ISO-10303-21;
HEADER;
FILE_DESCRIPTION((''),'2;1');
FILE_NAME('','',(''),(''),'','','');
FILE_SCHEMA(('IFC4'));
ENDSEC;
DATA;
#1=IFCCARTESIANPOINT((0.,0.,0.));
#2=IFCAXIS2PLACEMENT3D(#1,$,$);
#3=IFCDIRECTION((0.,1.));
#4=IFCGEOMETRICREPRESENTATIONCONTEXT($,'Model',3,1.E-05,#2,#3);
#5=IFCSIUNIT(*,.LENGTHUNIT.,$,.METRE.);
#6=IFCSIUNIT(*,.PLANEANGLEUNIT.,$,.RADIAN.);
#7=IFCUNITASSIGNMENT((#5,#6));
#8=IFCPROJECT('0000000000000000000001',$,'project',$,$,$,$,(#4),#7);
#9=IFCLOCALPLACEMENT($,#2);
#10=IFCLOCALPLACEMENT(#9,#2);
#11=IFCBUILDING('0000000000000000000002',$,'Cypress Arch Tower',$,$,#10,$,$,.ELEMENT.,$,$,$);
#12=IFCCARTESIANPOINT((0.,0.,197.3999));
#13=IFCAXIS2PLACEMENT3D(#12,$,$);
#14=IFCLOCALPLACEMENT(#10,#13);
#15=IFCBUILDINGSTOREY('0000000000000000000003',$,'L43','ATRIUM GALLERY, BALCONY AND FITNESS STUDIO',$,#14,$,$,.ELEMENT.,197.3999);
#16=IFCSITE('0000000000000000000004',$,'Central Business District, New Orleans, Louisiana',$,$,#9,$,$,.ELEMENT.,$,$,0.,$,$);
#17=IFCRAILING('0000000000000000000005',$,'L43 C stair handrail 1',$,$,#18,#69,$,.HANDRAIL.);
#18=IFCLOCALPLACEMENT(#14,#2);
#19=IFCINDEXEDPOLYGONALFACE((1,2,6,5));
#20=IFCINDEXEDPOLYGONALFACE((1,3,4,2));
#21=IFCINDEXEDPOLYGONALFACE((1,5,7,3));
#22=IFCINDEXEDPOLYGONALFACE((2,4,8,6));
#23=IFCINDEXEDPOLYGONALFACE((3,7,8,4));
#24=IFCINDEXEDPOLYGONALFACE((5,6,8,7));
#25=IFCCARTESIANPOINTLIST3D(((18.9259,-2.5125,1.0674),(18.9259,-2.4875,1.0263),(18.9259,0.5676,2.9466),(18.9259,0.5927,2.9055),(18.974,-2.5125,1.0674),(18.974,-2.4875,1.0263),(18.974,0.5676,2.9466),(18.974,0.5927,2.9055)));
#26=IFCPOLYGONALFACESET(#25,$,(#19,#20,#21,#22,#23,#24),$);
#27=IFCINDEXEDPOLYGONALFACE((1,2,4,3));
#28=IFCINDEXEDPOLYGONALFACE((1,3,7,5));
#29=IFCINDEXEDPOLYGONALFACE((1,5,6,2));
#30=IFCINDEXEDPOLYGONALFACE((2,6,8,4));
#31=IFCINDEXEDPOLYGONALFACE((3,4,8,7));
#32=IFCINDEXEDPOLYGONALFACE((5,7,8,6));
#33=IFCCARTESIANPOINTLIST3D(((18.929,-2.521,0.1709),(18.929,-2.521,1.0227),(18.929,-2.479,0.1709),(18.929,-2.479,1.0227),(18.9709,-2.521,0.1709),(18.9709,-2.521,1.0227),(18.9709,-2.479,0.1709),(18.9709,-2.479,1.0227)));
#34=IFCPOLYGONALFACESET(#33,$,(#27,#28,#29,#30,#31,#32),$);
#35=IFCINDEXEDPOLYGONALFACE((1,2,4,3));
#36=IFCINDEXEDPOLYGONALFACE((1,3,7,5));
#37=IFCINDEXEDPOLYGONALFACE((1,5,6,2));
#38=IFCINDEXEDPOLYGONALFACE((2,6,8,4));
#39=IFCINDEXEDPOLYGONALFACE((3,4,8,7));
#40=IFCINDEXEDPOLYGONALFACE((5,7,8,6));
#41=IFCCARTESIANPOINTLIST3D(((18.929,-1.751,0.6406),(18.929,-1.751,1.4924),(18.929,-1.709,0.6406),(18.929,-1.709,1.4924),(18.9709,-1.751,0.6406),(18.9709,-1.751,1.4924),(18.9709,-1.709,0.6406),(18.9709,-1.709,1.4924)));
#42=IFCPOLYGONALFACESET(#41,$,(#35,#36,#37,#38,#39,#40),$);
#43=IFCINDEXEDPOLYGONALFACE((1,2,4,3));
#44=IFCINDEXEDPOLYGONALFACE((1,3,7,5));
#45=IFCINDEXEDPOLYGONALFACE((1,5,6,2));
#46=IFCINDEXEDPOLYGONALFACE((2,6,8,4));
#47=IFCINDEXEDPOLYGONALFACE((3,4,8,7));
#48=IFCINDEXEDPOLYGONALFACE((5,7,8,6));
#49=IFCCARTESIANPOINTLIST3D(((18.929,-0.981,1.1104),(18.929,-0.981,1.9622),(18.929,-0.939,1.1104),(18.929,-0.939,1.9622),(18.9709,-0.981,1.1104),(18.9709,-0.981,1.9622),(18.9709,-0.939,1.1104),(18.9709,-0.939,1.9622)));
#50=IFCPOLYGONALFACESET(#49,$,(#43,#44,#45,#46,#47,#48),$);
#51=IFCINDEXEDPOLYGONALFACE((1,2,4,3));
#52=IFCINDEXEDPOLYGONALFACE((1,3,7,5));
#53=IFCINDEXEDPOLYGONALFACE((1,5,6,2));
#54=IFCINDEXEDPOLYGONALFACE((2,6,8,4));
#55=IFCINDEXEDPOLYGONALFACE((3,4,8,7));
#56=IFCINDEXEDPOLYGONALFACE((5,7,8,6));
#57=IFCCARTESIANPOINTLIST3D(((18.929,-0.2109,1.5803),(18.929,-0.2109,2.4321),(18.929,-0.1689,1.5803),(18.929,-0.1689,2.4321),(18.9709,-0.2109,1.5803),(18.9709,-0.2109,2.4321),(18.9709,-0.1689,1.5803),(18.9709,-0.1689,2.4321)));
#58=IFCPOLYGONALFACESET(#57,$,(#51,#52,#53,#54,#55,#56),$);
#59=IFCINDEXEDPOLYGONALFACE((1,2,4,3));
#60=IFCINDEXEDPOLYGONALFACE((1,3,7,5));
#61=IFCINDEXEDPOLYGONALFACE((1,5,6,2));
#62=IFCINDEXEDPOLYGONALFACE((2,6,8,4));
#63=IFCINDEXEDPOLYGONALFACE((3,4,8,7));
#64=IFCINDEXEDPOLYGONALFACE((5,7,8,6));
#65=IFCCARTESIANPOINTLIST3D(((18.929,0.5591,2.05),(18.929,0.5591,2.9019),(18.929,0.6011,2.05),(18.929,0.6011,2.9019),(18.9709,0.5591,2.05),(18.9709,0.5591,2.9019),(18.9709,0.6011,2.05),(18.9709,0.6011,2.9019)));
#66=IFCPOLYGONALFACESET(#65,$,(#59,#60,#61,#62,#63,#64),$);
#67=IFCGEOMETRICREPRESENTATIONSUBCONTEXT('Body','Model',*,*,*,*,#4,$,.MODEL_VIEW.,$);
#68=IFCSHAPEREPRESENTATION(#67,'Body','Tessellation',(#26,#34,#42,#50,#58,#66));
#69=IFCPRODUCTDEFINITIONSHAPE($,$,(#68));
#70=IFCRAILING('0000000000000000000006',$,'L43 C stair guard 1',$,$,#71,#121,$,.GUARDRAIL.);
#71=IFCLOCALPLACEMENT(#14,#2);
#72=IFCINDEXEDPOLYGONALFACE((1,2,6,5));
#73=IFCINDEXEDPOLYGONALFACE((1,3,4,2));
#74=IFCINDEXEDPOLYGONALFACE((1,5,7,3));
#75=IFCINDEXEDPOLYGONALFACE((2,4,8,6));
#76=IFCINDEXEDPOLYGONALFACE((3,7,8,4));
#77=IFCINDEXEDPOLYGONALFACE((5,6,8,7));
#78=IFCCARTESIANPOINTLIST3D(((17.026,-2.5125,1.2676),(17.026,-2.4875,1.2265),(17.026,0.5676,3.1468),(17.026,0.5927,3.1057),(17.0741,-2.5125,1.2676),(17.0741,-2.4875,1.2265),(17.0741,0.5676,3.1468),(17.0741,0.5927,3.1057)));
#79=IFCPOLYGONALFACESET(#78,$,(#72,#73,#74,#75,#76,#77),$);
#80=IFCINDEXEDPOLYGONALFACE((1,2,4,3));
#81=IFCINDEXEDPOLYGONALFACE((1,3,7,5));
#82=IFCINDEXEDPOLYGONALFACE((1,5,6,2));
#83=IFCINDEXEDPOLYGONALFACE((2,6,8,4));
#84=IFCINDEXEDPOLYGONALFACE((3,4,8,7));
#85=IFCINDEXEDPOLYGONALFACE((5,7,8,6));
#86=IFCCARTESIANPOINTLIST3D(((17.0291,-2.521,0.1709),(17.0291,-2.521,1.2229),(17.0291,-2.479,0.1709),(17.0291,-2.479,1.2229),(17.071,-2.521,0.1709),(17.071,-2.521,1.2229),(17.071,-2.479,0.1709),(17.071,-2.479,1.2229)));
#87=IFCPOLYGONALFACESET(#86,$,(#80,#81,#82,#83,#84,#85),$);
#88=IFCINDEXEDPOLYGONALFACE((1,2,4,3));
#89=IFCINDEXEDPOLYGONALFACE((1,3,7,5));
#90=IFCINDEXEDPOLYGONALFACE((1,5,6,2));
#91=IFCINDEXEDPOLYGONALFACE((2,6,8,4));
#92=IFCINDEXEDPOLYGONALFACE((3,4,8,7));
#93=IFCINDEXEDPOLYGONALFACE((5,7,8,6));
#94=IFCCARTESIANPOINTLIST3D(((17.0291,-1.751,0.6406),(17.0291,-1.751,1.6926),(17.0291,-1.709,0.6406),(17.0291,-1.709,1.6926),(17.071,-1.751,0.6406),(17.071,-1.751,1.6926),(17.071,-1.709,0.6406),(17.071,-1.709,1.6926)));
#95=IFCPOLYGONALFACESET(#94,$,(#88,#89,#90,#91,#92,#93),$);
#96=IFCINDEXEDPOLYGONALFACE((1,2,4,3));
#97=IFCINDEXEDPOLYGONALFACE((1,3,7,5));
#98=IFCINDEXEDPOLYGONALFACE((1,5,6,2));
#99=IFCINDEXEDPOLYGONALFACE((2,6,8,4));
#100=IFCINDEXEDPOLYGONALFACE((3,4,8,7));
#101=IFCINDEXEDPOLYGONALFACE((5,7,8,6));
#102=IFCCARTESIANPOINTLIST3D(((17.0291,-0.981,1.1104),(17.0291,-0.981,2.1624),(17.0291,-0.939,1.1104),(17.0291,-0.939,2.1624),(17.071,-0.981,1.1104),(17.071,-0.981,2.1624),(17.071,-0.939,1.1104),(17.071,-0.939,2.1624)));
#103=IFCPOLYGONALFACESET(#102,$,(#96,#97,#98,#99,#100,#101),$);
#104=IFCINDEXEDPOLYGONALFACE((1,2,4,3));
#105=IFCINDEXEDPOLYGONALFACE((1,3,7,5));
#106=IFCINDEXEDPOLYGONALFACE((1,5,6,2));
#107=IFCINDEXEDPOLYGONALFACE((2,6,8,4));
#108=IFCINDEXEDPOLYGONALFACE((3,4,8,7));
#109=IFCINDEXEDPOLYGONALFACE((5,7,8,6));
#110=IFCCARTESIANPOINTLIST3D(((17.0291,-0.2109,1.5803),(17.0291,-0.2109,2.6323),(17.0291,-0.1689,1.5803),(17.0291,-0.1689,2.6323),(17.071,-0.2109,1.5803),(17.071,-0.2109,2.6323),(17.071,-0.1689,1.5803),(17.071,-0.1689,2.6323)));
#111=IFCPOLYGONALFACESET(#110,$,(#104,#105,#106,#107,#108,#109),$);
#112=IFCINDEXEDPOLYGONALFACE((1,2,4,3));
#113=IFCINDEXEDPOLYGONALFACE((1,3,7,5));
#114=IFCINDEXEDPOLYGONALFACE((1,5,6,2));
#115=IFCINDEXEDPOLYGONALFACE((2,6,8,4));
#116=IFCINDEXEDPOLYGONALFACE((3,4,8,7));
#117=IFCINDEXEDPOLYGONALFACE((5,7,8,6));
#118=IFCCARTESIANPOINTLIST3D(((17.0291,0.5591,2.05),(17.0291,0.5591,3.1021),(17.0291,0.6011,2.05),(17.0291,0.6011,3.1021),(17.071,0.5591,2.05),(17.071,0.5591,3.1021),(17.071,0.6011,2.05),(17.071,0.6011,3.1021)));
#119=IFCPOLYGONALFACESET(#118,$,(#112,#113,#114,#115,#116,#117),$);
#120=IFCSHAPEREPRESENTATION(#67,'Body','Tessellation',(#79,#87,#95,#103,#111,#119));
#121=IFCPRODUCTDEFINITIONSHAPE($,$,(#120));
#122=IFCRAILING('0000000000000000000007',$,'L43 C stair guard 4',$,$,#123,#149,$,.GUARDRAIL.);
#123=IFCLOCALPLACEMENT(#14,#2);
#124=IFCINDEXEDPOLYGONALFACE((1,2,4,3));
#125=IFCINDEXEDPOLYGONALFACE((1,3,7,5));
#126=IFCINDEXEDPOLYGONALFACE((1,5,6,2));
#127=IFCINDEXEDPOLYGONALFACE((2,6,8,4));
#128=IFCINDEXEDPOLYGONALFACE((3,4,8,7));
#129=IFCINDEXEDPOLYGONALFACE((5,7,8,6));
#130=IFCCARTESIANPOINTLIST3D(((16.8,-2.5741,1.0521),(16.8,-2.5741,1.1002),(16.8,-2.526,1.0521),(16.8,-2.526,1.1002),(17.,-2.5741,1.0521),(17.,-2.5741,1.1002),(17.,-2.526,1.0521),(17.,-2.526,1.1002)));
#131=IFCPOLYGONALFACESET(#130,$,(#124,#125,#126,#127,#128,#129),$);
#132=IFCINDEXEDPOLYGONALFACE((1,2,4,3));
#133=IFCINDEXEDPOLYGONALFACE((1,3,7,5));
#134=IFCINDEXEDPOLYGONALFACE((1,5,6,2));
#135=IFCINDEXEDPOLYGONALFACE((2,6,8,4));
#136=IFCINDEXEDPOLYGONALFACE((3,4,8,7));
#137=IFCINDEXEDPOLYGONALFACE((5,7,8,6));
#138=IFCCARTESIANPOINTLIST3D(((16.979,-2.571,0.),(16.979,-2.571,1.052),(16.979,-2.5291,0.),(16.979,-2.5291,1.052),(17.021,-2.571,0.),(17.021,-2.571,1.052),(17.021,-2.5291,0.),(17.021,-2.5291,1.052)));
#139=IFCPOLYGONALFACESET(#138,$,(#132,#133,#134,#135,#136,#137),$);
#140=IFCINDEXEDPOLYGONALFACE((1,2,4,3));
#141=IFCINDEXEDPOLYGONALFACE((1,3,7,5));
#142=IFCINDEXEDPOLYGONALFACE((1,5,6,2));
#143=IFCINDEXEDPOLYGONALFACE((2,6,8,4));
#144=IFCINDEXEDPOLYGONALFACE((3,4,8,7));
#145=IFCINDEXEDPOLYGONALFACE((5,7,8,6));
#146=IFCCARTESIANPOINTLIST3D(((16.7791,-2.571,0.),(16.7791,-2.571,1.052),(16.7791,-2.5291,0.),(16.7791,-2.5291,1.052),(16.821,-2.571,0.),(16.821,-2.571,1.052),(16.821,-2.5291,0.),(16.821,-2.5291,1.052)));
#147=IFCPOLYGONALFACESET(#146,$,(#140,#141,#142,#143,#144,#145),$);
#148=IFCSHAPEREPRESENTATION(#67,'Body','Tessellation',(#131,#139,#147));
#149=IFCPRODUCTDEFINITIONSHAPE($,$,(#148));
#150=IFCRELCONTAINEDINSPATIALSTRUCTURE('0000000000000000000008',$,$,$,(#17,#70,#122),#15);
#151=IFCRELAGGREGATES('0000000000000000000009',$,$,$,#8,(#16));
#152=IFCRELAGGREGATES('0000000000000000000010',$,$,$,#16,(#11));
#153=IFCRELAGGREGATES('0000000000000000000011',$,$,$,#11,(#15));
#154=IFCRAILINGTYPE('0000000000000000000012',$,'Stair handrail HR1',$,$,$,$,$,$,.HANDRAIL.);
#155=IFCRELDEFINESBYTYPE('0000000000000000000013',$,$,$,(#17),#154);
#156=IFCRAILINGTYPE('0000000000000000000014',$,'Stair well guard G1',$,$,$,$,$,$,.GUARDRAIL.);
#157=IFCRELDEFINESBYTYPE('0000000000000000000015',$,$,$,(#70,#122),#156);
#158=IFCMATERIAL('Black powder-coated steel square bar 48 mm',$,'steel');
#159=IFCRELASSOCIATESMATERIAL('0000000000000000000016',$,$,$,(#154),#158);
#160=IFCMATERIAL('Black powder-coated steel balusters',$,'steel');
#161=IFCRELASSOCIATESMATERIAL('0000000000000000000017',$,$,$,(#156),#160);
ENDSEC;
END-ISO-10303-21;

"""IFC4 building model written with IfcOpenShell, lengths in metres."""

from ifc_helpers import new_model, si_unit, direction, frame, origin, origin_2d, place, context, subcontext, project, spatial, rectangle, extrude, material, type_object, element, save


model = new_model("IFC4")

# Units and contexts
model_context = context("Model", 3, precision=1e-05, world=origin(), true_north=direction((0.0, 1.0)))
body_context = subcontext(model_context, "Body", "Model", "MODEL_VIEW")
ifc_project = project(units=[si_unit("LENGTHUNIT", "METRE"), si_unit("PLANEANGLEUNIT", "RADIAN")], contexts=[model_context])

# Site, building, storey
site_placement = place(None, origin())
site = spatial("IfcSite", under=ifc_project, at=site_placement, Name="Central Business District, New Orleans, Louisiana", CompositionType="ELEMENT", RefElevation=0.0)
building_placement = place(site_placement, origin())
building = spatial("IfcBuilding", under=site, at=building_placement, Name="Cypress Arch Tower", CompositionType="ELEMENT")
storey_placement = place(building_placement, frame((0.0, 0.0, 197.3999)))
storey = spatial("IfcBuildingStorey", under=building, at=storey_placement, Name="L43", Description="ATRIUM GALLERY, BALCONY AND FITNESS STUDIO", CompositionType="ELEMENT", Elevation=197.3999)

# Railings
ifc_material_1 = material(Name="Black powder-coated steel square bar 48 mm", Category="steel")
railing_type_1 = type_object("IfcRailingType", Name="Stair handrail HR1", PredefinedType="HANDRAIL", material=ifc_material_1)
railing_1_placement = place(storey_placement, frame((18.95, -2.5, 0.1709)))
element("IfcRailing", 1, at=railing_1_placement, inside=storey, type_object=railing_type_1, Name="L43 C stair handrail 1", PredefinedType="HANDRAIL", context=body_context, shape_type="SweptSolid", body=[
    extrude(rectangle(XDim=0.0481, YDim=0.0481, at=origin_2d()), frame((0.0, 0.0, 0.876), z_axis=(0.0, 0.853666, 0.52082), x_axis=(-1.0, 0.0, 0.0)), (0.0, 0.0, 1.0), 3.6082),
    extrude(rectangle(XDim=0.042, YDim=0.042, at=origin_2d()), origin(), (0.0, 0.0, 1.0), 0.8518),
    extrude(rectangle(XDim=0.042, YDim=0.042, at=origin_2d()), frame((0.0, 0.77, 0.4697)), (0.0, 0.0, 1.0), 0.8518),
    extrude(rectangle(XDim=0.042, YDim=0.042, at=origin_2d()), frame((0.0, 1.54, 0.9395)), (0.0, 0.0, 1.0), 0.8518),
    extrude(rectangle(XDim=0.042, YDim=0.042, at=origin_2d()), frame((0.0, 2.3101, 1.4094)), (0.0, 0.0, 1.0), 0.8518),
    extrude(rectangle(XDim=0.042, YDim=0.042, at=origin_2d()), frame((0.0, 3.0801, 1.8792)), (0.0, 0.0, 1.0), 0.8518),
])
ifc_material_2 = material(Name="Black powder-coated steel balusters", Category="steel")
railing_type_2 = type_object("IfcRailingType", Name="Stair well guard G1", PredefinedType="GUARDRAIL", material=ifc_material_2)
railing_2_placement = place(storey_placement, frame((17.05, -2.5, 0.1709)))
element("IfcRailing", 2, at=railing_2_placement, inside=storey, type_object=railing_type_2, Name="L43 C stair guard 1", PredefinedType="GUARDRAIL", context=body_context, shape_type="SweptSolid", body=[
    extrude(rectangle(XDim=0.0481, YDim=0.0481, at=origin_2d()), frame((0.0, 0.0, 1.0762), z_axis=(0.0, 0.853666, 0.52082), x_axis=(-1.0, 0.0, 0.0)), (0.0, 0.0, 1.0), 3.6082),
    extrude(rectangle(XDim=0.042, YDim=0.042, at=origin_2d()), origin(), (0.0, 0.0, 1.0), 1.052),
    extrude(rectangle(XDim=0.042, YDim=0.042, at=origin_2d()), frame((0.0, 0.77, 0.4697)), (0.0, 0.0, 1.0), 1.052),
    extrude(rectangle(XDim=0.042, YDim=0.042, at=origin_2d()), frame((0.0, 1.54, 0.9395)), (0.0, 0.0, 1.0), 1.052),
    extrude(rectangle(XDim=0.042, YDim=0.042, at=origin_2d()), frame((0.0, 2.3101, 1.4094)), (0.0, 0.0, 1.0), 1.052),
    extrude(rectangle(XDim=0.042, YDim=0.042, at=origin_2d()), frame((0.0, 3.0801, 1.8792)), (0.0, 0.0, 1.0), 1.052),
])
railing_3_placement = place(storey_placement, frame((17.0, -2.55, 0.0)))
element("IfcRailing", 3, at=railing_3_placement, inside=storey, type_object=railing_type_2, Name="L43 C stair guard 4", PredefinedType="GUARDRAIL", context=body_context, shape_type="SweptSolid", body=[
    extrude(rectangle(XDim=0.0481, YDim=0.0481, at=origin_2d()), frame((0.0, 0.0, 1.0762), z_axis=(-1.0, 0.0, 0.0), x_axis=(0.0, -1.0, 0.0)), (0.0, 0.0, 1.0), 0.2),
    extrude(rectangle(XDim=0.042, YDim=0.042, at=origin_2d()), origin(), (0.0, 0.0, 1.0), 1.052),
    extrude(rectangle(XDim=0.042, YDim=0.042, at=origin_2d()), frame((-0.2, 0.0, 0.0)), (0.0, 0.0, 1.0), 1.052),
])

save(model, "model.ifc")
